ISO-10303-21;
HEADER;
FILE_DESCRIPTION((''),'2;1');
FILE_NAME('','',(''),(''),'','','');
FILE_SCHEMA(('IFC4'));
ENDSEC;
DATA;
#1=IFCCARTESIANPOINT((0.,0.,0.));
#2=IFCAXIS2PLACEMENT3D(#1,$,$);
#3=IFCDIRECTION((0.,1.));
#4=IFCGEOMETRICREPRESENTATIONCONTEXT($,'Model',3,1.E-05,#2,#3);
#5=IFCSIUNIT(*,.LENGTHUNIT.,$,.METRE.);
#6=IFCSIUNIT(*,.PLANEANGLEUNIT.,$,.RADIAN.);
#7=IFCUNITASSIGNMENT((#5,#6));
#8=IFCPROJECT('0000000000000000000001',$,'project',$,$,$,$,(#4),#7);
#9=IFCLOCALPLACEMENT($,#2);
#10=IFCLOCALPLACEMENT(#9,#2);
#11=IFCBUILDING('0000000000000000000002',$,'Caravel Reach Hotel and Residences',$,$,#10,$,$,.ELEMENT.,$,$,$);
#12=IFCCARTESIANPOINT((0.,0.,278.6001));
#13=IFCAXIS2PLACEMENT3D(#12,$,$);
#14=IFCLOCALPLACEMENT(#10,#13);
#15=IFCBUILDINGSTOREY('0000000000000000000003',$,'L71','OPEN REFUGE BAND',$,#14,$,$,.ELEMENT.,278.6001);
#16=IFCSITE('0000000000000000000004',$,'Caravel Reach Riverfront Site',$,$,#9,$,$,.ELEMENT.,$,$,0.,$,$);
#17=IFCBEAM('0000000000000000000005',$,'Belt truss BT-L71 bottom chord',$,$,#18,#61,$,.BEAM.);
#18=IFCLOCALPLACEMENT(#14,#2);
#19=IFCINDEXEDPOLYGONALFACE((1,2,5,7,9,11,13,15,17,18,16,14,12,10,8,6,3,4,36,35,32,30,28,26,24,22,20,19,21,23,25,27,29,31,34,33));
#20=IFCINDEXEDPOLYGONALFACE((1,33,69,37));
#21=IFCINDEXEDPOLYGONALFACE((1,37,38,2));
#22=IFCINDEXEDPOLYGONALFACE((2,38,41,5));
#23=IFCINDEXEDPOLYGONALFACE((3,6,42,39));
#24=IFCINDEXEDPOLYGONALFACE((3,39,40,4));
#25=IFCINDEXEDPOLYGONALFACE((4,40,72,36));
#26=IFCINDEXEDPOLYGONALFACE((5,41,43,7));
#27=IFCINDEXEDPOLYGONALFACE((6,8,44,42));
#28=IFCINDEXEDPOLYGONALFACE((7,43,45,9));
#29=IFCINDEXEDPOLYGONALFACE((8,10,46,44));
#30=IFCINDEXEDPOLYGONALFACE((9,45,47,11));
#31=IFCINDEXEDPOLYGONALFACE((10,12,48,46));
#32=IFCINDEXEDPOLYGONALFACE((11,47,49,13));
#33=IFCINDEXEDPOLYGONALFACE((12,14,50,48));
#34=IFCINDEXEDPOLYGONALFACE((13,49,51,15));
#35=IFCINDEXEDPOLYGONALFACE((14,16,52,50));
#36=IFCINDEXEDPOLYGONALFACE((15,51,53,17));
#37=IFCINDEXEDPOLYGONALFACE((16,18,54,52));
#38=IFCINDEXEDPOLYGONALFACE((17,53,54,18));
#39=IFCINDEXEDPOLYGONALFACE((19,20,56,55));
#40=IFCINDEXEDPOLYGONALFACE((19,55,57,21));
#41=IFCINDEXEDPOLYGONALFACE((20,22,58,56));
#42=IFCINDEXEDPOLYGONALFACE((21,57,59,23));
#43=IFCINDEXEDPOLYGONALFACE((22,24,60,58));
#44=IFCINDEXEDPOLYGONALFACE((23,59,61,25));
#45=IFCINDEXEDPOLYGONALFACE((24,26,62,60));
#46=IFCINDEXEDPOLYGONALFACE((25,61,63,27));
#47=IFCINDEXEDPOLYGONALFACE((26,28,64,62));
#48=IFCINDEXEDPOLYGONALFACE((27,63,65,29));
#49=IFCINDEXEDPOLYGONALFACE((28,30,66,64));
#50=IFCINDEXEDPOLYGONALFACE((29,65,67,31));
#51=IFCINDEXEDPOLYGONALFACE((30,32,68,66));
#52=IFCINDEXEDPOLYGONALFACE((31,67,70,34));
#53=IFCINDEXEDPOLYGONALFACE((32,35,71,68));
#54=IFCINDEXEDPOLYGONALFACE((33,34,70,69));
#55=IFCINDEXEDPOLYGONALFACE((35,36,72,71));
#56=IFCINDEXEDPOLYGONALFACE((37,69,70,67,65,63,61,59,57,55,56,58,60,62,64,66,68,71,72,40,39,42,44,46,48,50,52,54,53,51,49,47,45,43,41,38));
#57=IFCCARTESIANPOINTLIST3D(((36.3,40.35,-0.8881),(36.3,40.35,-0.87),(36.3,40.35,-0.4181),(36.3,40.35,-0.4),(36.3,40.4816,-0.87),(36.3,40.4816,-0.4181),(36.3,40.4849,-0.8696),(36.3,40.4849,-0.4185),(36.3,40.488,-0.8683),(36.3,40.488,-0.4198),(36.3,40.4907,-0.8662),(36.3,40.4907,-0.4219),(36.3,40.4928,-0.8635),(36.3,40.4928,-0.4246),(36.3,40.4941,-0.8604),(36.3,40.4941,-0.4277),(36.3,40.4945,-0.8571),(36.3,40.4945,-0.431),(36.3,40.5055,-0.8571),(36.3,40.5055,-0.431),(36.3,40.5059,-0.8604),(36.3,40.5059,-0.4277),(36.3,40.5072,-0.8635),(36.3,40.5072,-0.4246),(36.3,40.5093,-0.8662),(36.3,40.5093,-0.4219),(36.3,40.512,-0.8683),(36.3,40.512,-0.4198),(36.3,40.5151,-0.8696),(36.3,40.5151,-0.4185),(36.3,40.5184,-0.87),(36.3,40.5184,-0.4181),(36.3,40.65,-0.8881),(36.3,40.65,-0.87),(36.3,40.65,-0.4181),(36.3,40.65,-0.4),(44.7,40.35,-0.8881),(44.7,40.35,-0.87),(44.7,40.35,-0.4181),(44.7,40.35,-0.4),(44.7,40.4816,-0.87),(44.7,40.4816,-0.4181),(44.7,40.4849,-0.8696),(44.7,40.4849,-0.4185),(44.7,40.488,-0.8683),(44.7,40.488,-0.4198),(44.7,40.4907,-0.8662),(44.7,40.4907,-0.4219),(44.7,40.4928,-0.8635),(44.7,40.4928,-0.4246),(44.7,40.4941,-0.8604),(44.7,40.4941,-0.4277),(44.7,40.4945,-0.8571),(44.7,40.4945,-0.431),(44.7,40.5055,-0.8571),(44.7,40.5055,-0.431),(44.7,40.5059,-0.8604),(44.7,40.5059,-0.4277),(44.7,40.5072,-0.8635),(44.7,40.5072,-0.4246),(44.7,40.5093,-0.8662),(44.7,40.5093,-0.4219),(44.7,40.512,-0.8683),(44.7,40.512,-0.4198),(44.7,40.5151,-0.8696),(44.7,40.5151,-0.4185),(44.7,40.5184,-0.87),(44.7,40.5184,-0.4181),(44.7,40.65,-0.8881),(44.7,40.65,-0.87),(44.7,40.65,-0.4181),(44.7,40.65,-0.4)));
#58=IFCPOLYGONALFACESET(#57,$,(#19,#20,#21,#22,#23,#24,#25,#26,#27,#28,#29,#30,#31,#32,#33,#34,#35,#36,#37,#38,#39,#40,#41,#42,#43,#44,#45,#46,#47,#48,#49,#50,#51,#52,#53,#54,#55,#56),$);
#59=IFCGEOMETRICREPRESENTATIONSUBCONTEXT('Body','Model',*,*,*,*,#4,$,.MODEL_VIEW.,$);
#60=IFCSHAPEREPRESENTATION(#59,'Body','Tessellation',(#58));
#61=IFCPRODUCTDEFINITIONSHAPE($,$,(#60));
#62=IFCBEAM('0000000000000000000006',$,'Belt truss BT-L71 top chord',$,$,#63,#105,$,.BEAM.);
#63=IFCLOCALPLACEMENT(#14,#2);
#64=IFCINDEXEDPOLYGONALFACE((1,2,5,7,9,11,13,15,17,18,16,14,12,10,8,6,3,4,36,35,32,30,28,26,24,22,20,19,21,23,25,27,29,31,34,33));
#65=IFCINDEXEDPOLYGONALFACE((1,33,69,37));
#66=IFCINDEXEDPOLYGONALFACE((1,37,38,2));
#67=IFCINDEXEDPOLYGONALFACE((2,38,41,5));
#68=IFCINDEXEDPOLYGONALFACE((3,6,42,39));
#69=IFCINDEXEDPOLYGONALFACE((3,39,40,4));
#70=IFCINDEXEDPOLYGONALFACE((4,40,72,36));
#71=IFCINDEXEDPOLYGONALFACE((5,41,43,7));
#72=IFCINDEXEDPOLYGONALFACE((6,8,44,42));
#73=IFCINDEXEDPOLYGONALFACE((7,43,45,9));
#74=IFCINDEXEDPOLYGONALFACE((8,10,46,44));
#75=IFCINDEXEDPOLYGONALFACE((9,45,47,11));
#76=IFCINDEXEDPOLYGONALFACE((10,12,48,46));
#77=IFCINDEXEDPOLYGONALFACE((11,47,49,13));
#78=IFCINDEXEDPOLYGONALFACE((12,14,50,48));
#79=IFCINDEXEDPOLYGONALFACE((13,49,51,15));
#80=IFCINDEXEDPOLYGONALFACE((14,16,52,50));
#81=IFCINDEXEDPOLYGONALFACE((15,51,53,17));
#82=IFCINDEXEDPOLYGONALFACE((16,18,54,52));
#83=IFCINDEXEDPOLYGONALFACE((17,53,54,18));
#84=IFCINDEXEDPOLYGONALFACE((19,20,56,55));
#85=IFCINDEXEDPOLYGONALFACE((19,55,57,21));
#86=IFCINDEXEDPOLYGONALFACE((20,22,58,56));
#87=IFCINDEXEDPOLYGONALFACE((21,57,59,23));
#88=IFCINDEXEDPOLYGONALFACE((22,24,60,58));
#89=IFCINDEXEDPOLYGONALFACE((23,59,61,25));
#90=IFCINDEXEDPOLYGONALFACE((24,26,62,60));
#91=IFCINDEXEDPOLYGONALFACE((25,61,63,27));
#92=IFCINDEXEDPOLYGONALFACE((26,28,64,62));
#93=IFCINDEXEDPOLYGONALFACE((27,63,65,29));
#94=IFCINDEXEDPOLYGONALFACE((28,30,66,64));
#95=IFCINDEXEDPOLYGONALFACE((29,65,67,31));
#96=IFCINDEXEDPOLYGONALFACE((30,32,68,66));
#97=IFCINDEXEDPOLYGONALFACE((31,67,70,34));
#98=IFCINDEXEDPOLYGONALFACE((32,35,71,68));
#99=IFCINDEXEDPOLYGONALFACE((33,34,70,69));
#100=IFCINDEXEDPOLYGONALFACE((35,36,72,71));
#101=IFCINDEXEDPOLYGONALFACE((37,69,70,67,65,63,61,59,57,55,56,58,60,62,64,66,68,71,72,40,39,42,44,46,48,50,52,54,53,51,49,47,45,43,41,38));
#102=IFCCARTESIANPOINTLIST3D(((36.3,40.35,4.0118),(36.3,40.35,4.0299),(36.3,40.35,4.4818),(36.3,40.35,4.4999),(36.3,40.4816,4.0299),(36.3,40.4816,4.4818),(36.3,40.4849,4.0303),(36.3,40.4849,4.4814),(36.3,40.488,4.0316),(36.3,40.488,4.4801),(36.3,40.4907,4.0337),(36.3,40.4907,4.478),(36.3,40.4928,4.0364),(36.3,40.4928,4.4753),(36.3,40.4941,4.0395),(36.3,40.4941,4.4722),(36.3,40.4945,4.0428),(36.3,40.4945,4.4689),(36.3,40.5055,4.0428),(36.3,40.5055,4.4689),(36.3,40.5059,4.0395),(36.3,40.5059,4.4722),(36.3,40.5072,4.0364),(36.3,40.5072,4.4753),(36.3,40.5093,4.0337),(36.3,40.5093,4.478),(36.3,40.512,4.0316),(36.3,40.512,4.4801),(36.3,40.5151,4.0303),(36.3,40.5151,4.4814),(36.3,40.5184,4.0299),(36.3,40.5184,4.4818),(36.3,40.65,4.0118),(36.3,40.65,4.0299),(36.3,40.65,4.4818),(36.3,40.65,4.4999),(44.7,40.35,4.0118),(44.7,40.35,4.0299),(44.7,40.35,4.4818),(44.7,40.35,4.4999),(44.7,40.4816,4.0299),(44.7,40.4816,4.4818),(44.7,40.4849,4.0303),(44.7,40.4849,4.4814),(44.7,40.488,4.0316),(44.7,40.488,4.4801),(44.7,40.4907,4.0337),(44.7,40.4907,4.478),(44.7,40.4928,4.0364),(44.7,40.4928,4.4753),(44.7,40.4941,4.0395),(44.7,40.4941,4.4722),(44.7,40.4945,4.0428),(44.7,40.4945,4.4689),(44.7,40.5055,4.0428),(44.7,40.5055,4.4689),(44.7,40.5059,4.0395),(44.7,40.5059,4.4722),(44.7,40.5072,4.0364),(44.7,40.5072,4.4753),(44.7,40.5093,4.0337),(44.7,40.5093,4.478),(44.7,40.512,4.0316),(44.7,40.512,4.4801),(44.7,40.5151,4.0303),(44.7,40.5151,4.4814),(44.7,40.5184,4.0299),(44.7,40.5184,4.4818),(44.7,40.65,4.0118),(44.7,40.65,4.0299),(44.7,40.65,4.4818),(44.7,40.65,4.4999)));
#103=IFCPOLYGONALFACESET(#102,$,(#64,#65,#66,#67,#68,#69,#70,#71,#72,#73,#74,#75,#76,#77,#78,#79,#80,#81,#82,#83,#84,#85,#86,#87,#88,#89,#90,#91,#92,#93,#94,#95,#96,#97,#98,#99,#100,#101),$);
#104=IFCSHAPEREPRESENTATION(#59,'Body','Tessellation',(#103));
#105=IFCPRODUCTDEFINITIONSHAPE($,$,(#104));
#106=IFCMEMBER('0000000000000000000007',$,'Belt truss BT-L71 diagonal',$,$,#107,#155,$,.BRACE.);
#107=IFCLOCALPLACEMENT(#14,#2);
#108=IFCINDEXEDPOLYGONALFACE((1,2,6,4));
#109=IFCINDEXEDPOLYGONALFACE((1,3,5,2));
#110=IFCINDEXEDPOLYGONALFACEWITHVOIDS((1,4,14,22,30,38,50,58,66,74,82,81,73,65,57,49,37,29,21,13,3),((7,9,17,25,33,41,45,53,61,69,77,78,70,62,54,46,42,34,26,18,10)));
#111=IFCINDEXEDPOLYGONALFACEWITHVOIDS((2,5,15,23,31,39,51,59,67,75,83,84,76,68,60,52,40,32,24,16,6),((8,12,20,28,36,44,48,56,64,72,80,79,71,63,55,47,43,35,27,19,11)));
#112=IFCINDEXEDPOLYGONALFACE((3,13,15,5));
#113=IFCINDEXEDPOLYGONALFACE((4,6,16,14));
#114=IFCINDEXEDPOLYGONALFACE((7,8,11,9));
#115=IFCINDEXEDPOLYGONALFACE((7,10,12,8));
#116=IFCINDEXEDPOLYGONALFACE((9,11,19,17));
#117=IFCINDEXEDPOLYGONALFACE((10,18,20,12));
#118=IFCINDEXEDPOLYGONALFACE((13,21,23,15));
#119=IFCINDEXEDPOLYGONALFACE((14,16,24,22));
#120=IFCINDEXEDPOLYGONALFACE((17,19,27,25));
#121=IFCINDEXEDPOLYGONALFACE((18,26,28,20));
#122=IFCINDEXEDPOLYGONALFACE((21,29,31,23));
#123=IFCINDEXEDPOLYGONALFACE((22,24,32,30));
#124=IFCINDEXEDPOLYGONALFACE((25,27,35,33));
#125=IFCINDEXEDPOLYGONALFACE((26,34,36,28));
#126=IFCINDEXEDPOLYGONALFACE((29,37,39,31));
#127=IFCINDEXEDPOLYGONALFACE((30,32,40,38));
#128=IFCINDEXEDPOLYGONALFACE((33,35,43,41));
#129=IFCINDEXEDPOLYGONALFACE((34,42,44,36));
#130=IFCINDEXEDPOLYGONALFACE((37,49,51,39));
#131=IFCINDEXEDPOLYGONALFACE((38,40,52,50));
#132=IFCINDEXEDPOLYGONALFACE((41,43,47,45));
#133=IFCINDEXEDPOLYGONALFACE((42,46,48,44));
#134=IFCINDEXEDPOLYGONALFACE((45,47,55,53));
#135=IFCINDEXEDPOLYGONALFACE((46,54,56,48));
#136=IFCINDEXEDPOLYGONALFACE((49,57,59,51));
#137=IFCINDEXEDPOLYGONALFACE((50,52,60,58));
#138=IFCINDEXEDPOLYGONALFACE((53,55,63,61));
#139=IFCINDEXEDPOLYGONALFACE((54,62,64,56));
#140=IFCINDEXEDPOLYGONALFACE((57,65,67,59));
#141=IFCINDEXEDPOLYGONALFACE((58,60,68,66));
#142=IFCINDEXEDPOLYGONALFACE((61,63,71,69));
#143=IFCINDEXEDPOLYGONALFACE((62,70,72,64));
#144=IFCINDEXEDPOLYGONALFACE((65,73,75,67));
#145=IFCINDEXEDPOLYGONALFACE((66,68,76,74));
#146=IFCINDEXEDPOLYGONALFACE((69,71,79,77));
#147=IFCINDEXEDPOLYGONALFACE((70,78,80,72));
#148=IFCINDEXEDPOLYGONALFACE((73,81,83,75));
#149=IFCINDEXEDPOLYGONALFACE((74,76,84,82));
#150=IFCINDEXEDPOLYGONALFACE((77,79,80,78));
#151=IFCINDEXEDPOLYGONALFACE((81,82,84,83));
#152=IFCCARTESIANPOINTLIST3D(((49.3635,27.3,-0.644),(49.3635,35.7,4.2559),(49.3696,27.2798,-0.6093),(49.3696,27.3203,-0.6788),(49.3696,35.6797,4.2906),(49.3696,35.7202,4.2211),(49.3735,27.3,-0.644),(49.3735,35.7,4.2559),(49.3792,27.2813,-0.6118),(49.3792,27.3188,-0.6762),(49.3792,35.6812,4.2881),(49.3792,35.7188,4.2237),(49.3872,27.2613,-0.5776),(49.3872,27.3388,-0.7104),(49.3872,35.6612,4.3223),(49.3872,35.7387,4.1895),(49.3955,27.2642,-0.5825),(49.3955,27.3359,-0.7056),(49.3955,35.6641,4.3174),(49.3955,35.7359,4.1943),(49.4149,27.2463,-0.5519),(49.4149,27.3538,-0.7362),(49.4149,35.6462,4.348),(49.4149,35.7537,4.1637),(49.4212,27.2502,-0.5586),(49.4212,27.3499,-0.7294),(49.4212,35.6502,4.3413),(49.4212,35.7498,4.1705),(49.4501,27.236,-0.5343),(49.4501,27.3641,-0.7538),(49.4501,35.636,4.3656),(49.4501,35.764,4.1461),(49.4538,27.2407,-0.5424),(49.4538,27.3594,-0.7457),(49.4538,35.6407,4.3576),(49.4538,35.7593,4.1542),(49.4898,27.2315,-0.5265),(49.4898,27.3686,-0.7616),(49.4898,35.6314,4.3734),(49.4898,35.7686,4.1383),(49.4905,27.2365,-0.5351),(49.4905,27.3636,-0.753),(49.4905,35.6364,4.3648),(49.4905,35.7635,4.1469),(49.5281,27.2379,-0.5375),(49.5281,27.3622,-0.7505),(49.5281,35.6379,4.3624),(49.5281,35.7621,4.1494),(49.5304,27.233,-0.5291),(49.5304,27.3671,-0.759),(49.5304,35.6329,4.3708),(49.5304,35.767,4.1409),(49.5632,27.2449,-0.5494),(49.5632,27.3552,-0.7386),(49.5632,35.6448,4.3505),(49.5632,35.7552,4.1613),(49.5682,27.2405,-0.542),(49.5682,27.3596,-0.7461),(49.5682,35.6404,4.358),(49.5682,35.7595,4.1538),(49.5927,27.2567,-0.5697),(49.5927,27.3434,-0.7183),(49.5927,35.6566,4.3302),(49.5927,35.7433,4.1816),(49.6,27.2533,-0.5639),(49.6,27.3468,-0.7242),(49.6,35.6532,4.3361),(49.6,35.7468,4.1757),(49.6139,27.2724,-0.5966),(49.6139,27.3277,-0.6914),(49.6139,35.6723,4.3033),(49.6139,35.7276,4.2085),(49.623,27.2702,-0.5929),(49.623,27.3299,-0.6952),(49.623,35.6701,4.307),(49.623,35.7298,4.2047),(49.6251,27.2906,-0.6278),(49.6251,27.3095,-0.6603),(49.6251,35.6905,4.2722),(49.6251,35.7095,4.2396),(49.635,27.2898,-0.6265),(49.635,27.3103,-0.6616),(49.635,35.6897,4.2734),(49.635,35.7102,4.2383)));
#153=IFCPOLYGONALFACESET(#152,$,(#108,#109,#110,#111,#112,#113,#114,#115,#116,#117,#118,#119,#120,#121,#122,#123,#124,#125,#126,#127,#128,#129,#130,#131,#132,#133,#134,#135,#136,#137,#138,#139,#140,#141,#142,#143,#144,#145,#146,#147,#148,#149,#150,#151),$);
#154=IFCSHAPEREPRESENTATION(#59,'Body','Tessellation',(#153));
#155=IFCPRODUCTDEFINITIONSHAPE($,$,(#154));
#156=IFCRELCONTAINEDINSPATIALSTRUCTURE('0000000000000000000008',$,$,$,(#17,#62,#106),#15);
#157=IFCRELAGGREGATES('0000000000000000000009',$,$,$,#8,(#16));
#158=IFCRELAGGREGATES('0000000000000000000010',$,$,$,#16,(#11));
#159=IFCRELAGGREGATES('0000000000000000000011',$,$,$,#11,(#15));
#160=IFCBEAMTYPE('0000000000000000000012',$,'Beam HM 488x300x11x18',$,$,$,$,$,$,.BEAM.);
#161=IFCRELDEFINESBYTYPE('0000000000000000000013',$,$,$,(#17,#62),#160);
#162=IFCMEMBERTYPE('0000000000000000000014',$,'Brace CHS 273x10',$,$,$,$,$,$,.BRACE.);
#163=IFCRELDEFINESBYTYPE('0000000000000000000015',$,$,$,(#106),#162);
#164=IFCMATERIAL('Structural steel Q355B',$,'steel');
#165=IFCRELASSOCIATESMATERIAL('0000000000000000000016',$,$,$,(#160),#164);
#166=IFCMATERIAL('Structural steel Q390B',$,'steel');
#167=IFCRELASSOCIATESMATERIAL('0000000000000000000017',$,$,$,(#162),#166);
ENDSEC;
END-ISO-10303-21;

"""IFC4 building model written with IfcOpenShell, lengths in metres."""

from ifc_helpers import new_model, si_unit, direction, frame, origin, origin_2d, place, context, subcontext, project, spatial, hollow_circle, i_section, extrude, material, material_profile, profile_set, type_object, element, save


model = new_model("IFC4")

# Units and contexts
model_context = context("Model", 3, precision=1e-05, world=origin(), true_north=direction((0.0, 1.0)))
body_context = subcontext(model_context, "Body", "Model", "MODEL_VIEW")
ifc_project = project(units=[si_unit("LENGTHUNIT", "METRE"), si_unit("PLANEANGLEUNIT", "RADIAN")], contexts=[model_context])

# Site, building, storey
site_placement = place(None, origin())
site = spatial("IfcSite", under=ifc_project, at=site_placement, Name="Caravel Reach Riverfront Site", CompositionType="ELEMENT", RefElevation=0.0)
building_placement = place(site_placement, origin())
building = spatial("IfcBuilding", under=site, at=building_placement, Name="Caravel Reach Hotel and Residences", CompositionType="ELEMENT")
storey_placement = place(building_placement, frame((0.0, 0.0, 278.6001)))
storey = spatial("IfcBuildingStorey", under=building, at=storey_placement, Name="L71", Description="OPEN REFUGE BAND", CompositionType="ELEMENT", Elevation=278.6001)

# Beams
ifc_material_1 = material(Name="Structural steel Q355B", Category="steel")
ifc_material_profile_1 = material_profile(ifc_material_1, i_section(OverallWidth=0.3, OverallDepth=0.488, WebThickness=0.011, FlangeThickness=0.0181, FilletRadius=0.0129, at=origin_2d()), Name="HM 488x300x11x18")
ifc_profile_set_1 = profile_set([ifc_material_profile_1], Name="Structural steel Q355B")
beam_type = type_object("IfcBeamType", Name="Beam HM 488x300x11x18", PredefinedType="BEAM", material=ifc_profile_set_1)
for number, where, z_axis, x_axis, name in (
    (1, (44.7, 40.5, -0.644), (-1.0, 0.0, 0.0), (0.0, -1.0, 0.0), "Belt truss BT-L71 bottom chord"),
    (2, (44.7, 40.5, 4.2559), (-1.0, 0.0, 0.0), (0.0, -1.0, 0.0), "Belt truss BT-L71 top chord"),
):
    element("IfcBeam", number, at=place(storey_placement, frame(where, z_axis=z_axis, x_axis=x_axis)), inside=storey, type_object=beam_type, Name=name, PredefinedType="BEAM", context=body_context, shape_type="SweptSolid", body=[
        extrude(i_section(OverallWidth=0.3, OverallDepth=0.488, WebThickness=0.011, FlangeThickness=0.0181, FilletRadius=0.0129, at=origin_2d()), origin(), (0.0, 0.0, 1.0), 8.3999),
    ])

# Member
ifc_material_2 = material(Name="Structural steel Q390B", Category="steel")
ifc_material_profile_2 = material_profile(ifc_material_2, hollow_circle(Radius=0.1365, WallThickness=0.01, at=origin_2d()), Name="CHS 273x10")
ifc_profile_set_2 = profile_set([ifc_material_profile_2], Name="Structural steel Q390B")
member_type = type_object("IfcMemberType", Name="Brace CHS 273x10", PredefinedType="BRACE", material=ifc_profile_set_2)
member_placement = place(storey_placement, frame((49.5, 27.3, -0.644), z_axis=(0.0, 0.863781, 0.503868), x_axis=(-1.0, 0.0, 0.0)))
element("IfcMember", 3, at=member_placement, inside=storey, type_object=member_type, Name="Belt truss BT-L71 diagonal", PredefinedType="BRACE", context=body_context, shape_type="SweptSolid", body=[
    extrude(hollow_circle(Radius=0.1365, WallThickness=0.01, at=origin_2d()), origin(), (0.0, 0.0, 1.0), 9.7246),
])

save(model, "model.ifc")
